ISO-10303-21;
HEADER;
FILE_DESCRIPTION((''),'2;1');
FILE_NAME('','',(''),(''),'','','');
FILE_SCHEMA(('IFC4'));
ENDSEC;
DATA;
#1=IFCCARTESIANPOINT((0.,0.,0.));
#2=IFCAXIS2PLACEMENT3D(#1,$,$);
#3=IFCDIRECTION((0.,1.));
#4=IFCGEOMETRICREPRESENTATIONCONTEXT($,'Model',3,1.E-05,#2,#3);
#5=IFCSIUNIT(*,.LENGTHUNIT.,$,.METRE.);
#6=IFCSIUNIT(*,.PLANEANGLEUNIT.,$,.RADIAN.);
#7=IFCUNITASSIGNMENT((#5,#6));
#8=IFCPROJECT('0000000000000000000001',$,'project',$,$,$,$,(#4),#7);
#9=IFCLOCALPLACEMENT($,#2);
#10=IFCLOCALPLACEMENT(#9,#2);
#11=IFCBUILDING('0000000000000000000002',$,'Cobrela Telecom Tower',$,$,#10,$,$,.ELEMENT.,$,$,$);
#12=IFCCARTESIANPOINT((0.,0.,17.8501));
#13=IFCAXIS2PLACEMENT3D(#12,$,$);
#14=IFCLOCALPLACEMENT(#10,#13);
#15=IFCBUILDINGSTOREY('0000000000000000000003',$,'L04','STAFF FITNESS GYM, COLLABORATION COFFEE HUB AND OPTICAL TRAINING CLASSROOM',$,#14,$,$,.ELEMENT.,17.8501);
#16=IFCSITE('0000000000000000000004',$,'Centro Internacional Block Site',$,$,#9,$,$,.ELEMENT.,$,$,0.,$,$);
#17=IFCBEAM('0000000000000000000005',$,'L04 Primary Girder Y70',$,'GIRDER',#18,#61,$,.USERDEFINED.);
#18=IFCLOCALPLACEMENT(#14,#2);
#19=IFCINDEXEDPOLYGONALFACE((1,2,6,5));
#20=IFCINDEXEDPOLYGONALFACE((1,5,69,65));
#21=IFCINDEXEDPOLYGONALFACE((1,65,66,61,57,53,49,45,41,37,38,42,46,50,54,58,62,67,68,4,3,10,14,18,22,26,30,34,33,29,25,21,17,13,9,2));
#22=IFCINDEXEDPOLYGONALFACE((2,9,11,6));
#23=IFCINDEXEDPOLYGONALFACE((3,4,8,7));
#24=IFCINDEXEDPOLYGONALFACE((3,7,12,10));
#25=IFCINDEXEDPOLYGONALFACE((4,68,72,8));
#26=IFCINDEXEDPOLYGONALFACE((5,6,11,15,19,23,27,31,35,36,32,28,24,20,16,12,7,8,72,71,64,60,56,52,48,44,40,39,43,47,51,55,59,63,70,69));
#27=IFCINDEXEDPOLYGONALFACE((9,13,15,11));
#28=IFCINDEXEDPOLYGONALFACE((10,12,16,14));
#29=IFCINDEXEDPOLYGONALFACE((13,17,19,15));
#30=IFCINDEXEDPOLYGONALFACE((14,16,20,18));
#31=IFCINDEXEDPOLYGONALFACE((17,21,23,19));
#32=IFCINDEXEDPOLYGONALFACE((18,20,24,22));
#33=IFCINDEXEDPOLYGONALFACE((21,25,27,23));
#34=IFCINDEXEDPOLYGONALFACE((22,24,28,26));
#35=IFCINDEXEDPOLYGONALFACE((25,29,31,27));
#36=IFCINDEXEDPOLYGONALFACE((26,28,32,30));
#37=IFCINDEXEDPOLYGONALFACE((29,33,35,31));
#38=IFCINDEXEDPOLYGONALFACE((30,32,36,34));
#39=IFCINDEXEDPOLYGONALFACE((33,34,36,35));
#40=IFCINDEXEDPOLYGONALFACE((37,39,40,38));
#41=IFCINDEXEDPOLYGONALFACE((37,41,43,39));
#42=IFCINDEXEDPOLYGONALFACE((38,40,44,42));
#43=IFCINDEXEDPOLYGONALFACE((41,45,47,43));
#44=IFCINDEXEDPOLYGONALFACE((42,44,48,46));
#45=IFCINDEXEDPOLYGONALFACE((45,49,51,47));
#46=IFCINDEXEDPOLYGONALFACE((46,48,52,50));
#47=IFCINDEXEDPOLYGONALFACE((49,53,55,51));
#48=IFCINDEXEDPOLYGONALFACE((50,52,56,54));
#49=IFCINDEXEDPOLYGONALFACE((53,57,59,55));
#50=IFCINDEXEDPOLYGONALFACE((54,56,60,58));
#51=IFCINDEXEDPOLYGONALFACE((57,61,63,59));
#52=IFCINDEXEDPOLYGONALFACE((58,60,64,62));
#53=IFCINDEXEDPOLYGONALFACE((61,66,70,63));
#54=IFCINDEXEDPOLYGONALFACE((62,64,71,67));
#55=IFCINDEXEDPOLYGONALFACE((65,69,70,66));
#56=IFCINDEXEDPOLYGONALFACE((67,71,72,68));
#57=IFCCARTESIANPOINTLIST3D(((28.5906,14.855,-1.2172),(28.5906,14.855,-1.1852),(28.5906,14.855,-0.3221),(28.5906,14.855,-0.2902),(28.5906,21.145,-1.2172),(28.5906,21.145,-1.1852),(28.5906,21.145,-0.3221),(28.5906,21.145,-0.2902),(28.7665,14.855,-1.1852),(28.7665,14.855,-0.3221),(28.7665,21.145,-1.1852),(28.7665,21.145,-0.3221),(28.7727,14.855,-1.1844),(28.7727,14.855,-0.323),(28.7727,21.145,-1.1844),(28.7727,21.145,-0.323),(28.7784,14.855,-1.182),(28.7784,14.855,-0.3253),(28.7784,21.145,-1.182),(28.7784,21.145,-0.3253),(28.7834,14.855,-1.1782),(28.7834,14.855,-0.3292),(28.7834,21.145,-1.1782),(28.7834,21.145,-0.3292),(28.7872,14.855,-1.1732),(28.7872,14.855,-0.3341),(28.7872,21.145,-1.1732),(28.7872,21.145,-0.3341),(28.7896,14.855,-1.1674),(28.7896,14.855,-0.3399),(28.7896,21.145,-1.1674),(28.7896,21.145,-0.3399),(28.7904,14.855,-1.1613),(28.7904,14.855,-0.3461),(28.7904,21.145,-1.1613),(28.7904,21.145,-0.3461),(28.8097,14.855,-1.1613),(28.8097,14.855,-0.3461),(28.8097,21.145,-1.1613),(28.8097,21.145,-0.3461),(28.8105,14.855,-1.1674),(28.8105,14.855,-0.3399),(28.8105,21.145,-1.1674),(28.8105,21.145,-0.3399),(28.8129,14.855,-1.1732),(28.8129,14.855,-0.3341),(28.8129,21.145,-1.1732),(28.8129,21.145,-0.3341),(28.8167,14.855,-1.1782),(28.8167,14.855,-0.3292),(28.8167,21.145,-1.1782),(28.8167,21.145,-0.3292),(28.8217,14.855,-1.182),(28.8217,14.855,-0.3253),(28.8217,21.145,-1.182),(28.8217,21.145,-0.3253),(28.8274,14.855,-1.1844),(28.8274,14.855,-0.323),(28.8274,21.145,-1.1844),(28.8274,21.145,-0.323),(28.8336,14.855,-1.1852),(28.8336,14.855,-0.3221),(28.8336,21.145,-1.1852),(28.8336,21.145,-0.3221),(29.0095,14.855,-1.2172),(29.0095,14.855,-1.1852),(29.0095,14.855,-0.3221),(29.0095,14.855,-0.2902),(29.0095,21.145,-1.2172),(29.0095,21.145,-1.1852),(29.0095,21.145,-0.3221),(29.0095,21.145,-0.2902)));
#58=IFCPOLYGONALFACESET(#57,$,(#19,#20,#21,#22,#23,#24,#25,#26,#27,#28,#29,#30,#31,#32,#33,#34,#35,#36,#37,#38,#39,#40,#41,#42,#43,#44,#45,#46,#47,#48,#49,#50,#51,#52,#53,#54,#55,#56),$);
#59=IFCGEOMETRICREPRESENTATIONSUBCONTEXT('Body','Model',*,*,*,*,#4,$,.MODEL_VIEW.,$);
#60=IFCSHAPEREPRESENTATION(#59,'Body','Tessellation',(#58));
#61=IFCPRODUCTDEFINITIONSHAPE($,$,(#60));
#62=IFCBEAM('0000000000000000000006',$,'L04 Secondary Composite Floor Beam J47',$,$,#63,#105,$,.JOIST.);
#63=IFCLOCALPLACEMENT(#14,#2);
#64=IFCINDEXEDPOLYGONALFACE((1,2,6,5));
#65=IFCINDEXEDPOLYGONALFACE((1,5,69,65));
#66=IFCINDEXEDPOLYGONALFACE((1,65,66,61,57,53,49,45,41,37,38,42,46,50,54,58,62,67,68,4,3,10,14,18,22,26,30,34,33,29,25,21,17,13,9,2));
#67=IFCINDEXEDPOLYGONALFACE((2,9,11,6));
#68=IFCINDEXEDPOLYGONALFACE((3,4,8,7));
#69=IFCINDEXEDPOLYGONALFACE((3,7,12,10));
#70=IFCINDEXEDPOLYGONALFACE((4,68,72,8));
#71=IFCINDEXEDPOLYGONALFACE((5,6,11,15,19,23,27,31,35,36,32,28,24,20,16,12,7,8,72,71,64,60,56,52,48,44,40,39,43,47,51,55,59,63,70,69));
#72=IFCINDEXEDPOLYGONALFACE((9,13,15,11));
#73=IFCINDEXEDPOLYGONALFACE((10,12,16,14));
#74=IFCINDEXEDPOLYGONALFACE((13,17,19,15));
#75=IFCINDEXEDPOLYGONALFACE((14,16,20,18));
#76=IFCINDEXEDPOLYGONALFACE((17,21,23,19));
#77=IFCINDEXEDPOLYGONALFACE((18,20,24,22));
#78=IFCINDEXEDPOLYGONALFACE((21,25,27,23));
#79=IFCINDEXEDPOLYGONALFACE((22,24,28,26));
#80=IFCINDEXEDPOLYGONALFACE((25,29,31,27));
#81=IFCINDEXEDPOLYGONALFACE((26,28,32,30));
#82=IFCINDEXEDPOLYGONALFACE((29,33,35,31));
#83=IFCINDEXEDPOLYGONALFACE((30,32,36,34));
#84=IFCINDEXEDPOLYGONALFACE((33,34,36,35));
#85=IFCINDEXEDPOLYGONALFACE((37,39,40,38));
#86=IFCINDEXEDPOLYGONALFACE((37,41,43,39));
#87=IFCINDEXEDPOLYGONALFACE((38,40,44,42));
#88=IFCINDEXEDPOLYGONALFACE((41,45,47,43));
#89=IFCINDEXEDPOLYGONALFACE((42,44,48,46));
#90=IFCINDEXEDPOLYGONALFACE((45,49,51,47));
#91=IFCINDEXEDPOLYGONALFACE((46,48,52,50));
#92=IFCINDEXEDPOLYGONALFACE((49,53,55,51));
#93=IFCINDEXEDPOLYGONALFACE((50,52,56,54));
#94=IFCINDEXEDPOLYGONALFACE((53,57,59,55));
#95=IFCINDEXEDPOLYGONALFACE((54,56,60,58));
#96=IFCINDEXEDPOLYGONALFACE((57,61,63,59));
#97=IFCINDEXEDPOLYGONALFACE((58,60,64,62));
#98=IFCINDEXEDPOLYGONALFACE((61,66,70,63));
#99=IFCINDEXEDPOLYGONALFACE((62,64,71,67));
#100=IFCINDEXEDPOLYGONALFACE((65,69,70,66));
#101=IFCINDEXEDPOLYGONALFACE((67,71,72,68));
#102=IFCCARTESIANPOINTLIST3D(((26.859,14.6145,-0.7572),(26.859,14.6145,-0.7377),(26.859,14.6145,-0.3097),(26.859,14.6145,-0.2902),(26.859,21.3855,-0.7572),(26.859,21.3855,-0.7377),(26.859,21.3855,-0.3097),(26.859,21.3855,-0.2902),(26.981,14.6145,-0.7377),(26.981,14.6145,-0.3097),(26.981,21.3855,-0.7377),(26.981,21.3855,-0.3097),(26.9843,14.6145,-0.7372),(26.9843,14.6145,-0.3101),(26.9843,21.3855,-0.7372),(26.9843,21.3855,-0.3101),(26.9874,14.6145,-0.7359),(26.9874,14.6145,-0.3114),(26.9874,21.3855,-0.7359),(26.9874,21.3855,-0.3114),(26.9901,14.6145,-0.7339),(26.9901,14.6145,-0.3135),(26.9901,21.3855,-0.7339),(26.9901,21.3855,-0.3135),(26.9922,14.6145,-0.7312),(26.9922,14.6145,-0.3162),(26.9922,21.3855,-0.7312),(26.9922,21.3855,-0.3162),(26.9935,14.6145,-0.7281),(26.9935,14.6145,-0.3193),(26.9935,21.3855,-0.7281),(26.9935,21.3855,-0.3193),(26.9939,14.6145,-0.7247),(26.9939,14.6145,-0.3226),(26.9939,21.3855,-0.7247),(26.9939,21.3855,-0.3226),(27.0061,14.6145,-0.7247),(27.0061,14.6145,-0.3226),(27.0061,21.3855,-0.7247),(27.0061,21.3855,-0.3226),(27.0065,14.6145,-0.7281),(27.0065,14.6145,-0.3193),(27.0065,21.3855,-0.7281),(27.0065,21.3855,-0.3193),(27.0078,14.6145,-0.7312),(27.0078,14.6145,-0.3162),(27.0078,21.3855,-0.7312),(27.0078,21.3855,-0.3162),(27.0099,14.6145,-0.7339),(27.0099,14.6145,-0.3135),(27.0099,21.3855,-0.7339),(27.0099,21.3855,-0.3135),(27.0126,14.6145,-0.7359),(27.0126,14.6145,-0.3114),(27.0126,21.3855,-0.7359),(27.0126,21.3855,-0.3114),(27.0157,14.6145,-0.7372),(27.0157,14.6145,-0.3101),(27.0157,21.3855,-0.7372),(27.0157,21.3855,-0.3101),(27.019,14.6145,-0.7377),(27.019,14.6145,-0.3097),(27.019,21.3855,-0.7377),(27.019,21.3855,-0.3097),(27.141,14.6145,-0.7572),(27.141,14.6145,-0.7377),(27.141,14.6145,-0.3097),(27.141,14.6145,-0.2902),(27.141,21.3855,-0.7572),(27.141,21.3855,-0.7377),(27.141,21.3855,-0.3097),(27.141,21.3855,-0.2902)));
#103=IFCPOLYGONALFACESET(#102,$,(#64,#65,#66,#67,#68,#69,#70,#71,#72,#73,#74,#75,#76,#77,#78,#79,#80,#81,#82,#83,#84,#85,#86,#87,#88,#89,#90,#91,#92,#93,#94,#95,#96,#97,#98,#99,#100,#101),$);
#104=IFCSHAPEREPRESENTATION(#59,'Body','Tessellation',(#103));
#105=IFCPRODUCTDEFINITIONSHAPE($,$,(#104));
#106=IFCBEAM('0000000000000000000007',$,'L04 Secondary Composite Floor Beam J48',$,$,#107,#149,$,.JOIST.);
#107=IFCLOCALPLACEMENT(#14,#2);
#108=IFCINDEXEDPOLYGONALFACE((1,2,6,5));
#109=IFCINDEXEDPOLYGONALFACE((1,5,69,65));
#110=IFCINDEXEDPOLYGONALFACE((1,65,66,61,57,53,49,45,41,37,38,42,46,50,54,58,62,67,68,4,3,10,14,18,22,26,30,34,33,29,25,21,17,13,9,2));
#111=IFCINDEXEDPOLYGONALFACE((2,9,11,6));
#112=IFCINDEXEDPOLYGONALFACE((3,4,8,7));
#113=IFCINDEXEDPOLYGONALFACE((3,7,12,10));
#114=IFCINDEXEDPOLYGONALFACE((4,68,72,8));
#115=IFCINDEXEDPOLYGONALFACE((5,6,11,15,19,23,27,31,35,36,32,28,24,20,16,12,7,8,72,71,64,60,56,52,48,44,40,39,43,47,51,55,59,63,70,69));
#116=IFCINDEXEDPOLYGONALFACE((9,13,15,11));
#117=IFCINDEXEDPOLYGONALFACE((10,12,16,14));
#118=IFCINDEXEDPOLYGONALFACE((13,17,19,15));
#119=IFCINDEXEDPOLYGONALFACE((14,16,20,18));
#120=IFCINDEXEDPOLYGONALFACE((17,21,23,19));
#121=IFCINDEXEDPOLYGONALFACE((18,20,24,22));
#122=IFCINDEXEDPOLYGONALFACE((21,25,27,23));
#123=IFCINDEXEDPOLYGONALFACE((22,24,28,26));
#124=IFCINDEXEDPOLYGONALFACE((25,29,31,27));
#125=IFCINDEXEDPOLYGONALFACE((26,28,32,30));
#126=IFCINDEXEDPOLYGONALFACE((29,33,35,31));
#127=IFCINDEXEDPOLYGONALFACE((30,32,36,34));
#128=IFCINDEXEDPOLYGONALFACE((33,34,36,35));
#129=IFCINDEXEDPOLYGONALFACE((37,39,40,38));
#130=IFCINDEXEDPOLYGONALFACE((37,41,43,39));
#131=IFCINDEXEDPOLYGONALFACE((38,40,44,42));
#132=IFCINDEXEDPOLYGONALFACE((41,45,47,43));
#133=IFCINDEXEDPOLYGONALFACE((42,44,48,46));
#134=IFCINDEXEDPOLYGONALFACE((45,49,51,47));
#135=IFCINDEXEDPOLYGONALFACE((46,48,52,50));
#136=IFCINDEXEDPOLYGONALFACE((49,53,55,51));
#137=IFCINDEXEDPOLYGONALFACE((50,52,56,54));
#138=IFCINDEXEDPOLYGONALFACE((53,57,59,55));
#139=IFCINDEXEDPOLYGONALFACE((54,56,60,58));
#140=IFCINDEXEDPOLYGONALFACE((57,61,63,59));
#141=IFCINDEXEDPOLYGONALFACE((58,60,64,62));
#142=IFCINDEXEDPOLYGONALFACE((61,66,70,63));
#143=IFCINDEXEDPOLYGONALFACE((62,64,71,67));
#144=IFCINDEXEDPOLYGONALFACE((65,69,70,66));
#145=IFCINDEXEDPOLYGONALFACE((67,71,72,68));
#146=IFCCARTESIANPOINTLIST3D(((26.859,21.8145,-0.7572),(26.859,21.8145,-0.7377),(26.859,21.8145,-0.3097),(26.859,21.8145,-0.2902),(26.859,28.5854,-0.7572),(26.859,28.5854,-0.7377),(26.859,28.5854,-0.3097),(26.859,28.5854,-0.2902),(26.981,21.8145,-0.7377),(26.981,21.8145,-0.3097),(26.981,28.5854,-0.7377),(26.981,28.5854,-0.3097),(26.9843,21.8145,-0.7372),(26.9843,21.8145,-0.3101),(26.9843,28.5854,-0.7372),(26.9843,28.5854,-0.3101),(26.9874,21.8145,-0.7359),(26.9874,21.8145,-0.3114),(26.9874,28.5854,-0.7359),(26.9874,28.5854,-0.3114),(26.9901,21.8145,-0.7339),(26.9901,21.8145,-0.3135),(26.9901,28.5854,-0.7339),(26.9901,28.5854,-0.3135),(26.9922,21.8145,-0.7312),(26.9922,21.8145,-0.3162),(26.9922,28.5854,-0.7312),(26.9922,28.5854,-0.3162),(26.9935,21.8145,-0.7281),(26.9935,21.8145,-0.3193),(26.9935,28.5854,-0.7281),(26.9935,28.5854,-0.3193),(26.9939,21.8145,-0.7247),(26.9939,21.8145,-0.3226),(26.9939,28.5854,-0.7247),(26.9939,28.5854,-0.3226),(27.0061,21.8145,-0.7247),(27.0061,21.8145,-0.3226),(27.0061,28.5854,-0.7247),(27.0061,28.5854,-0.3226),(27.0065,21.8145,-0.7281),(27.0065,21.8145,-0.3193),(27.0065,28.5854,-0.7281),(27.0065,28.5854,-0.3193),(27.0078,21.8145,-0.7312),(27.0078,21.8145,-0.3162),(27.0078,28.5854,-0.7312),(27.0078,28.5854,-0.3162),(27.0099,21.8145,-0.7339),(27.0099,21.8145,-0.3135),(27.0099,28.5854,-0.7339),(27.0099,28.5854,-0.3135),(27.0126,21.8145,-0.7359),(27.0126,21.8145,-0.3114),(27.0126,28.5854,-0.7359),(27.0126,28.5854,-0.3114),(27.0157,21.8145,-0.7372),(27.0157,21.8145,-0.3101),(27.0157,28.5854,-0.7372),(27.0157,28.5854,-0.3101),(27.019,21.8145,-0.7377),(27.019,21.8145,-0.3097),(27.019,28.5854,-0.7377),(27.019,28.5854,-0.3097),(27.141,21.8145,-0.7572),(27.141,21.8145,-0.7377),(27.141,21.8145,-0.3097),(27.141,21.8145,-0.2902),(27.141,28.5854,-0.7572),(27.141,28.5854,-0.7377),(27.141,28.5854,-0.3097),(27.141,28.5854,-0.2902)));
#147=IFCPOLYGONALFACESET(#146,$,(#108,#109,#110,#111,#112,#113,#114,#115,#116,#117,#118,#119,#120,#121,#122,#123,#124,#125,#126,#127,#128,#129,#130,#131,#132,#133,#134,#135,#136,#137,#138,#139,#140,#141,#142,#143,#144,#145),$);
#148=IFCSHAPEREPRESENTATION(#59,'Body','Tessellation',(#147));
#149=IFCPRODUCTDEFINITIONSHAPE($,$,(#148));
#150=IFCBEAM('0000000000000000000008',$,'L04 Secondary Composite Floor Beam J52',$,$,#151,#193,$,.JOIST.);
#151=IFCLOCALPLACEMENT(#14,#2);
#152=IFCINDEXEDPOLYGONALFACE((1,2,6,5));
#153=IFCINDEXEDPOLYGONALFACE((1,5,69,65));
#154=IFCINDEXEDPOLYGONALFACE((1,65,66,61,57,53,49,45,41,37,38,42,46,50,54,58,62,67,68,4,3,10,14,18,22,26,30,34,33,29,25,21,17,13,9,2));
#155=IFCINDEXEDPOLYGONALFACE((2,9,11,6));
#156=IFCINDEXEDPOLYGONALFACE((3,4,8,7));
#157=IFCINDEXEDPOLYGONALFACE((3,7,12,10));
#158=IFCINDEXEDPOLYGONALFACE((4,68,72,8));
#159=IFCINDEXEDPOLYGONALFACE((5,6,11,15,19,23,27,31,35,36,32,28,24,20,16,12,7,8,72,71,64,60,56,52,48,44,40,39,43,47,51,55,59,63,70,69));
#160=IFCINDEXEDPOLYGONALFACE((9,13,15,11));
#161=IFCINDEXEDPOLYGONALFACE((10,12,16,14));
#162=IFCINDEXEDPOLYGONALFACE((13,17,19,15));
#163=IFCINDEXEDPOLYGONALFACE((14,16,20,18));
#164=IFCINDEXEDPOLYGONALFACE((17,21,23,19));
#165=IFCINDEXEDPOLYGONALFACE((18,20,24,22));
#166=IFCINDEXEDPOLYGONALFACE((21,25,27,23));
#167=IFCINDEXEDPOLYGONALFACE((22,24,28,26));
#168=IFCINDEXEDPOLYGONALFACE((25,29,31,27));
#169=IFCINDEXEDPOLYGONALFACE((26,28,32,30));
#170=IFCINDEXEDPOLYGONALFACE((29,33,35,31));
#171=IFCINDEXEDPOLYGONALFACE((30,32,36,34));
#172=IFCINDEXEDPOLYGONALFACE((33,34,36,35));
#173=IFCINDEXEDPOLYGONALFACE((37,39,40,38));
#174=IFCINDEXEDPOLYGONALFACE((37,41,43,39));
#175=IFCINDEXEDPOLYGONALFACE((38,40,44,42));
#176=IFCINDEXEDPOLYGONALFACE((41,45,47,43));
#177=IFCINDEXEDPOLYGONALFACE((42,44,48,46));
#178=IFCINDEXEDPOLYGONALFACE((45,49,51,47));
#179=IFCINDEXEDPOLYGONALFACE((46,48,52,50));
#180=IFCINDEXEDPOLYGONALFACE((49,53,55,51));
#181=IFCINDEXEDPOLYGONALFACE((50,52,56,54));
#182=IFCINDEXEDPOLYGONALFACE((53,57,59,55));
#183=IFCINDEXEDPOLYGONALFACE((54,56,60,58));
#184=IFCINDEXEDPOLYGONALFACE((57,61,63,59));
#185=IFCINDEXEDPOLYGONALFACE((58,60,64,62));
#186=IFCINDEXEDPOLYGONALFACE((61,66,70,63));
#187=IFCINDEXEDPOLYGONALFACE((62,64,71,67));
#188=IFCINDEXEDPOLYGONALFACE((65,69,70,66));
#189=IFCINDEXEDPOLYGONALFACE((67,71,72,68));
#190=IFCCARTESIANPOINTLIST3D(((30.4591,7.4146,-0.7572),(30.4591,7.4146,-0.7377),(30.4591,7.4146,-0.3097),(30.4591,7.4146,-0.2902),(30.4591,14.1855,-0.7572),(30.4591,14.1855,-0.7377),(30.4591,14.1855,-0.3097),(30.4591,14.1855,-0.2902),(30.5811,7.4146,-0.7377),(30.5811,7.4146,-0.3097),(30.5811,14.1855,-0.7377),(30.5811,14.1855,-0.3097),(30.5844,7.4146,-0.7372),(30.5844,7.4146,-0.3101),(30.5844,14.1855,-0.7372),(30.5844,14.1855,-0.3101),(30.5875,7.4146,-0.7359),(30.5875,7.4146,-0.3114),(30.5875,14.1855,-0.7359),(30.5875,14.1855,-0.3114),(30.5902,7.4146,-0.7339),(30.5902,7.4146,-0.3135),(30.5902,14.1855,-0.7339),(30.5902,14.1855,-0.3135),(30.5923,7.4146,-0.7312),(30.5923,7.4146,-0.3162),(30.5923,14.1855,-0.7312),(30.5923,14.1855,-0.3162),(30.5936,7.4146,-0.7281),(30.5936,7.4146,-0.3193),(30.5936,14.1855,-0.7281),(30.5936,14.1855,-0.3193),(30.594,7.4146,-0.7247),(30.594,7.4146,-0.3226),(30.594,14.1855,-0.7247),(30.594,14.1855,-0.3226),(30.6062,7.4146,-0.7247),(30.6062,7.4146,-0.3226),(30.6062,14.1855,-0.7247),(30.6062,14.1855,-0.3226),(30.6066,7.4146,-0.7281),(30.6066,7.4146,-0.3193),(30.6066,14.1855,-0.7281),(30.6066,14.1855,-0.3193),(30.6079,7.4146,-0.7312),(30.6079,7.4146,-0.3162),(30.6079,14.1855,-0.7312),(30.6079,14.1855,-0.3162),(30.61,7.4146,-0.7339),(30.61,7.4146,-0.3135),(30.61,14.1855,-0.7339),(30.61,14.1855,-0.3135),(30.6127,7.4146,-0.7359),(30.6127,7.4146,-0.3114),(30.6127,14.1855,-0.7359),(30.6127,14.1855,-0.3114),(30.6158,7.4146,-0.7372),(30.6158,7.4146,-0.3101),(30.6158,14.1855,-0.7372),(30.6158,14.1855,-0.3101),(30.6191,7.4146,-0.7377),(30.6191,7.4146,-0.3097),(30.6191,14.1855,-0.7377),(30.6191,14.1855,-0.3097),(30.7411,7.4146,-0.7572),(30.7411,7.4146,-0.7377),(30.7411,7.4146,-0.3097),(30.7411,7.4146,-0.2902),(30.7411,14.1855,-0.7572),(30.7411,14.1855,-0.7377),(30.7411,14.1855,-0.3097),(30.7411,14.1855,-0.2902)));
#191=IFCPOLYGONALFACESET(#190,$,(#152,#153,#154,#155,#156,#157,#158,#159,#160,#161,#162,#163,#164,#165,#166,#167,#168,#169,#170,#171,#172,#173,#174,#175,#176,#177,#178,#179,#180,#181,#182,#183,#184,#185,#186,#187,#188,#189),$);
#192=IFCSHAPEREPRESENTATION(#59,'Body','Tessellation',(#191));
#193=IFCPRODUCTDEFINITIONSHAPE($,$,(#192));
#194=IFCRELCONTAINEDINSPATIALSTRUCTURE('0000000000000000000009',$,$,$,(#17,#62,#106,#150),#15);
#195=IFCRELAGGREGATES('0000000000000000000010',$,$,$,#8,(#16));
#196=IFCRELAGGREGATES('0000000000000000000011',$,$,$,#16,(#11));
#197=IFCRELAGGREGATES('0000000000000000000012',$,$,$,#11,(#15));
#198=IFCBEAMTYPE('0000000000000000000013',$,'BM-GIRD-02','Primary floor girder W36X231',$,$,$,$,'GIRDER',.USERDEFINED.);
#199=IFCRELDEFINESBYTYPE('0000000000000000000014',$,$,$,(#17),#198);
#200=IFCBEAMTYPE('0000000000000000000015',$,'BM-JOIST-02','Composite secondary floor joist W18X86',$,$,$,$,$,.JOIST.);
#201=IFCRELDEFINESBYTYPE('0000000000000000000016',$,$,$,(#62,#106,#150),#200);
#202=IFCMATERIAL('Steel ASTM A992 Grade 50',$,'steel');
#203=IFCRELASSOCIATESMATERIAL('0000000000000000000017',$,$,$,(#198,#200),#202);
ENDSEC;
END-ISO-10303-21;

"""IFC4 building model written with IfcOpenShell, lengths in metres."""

from ifc_helpers import new_model, si_unit, direction, frame, origin, origin_2d, place, context, subcontext, project, spatial, i_section, extrude, material, material_profile, profile_set, type_object, element, save


model = new_model("IFC4")

# Units and contexts
model_context = context("Model", 3, precision=1e-05, world=origin(), true_north=direction((0.0, 1.0)))
body_context = subcontext(model_context, "Body", "Model", "MODEL_VIEW")
ifc_project = project(units=[si_unit("LENGTHUNIT", "METRE"), si_unit("PLANEANGLEUNIT", "RADIAN")], contexts=[model_context])

# Site, building, storey
site_placement = place(None, origin())
site = spatial("IfcSite", under=ifc_project, at=site_placement, Name="Centro Internacional Block Site", CompositionType="ELEMENT", RefElevation=0.0)
building_placement = place(site_placement, origin())
building = spatial("IfcBuilding", under=site, at=building_placement, Name="Cobrela Telecom Tower", CompositionType="ELEMENT")
storey_placement = place(building_placement, frame((0.0, 0.0, 17.8501)))
storey = spatial("IfcBuildingStorey", under=building, at=storey_placement, Name="L04", Description="STAFF FITNESS GYM, COLLABORATION COFFEE HUB AND OPTICAL TRAINING CLASSROOM", CompositionType="ELEMENT", Elevation=17.8501)

# Beams
ifc_material_1 = material(Name="Steel ASTM A992 Grade 50", Category="steel")
ifc_material_profile_1 = material_profile(ifc_material_1, i_section(OverallWidth=0.4189, OverallDepth=0.927, WebThickness=0.0193, FlangeThickness=0.032, FilletRadius=0.0239, at=origin_2d()), Name="W36X231")
ifc_profile_set_1 = profile_set([ifc_material_profile_1], Name="Steel ASTM A992 Grade 50")
beam_type_1 = type_object("IfcBeamType", Name="BM-GIRD-02", Description="Primary floor girder W36X231", ElementType="GIRDER", PredefinedType="USERDEFINED", material=ifc_profile_set_1)
for number, where, z_axis, x_axis, name in (
    (1, (28.8, 14.855, -0.7537), (0.0, 1.0, 0.0), (-1.0, 0.0, 0.0), "L04 Primary Girder Y70"),
):
    element("IfcBeam", number, at=place(storey_placement, frame(where, z_axis=z_axis, x_axis=x_axis)), inside=storey, type_object=beam_type_1, Name=name, ObjectType="GIRDER", PredefinedType="USERDEFINED", context=body_context, shape_type="SweptSolid", body=[
        extrude(i_section(OverallWidth=0.4189, OverallDepth=0.927, WebThickness=0.0193, FlangeThickness=0.032, FilletRadius=0.0239, at=origin_2d()), origin(), (0.0, 0.0, 1.0), 6.29),
    ])
ifc_material_profile_2 = material_profile(ifc_material_1, i_section(OverallWidth=0.282, OverallDepth=0.467, WebThickness=0.0122, FlangeThickness=0.0195, FilletRadius=0.0129, at=origin_2d()), Name="W18X86")
ifc_profile_set_2 = profile_set([ifc_material_profile_2], Name="Steel ASTM A992 Grade 50")
beam_type_2 = type_object("IfcBeamType", Name="BM-JOIST-02", Description="Composite secondary floor joist W18X86", PredefinedType="JOIST", material=ifc_profile_set_2)
for number, where, z_axis, x_axis, name in (
    (2, (27.0, 14.6145, -0.5237), (0.0, 1.0, 0.0), (-1.0, 0.0, 0.0), "L04 Secondary Composite Floor Beam J47"),
    (3, (27.0, 21.8145, -0.5237), (0.0, 1.0, 0.0), (-1.0, 0.0, 0.0), "L04 Secondary Composite Floor Beam J48"),
    (4, (30.6001, 7.4146, -0.5237), (0.0, 1.0, 0.0), (-1.0, 0.0, 0.0), "L04 Secondary Composite Floor Beam J52"),
):
    element("IfcBeam", number, at=place(storey_placement, frame(where, z_axis=z_axis, x_axis=x_axis)), inside=storey, type_object=beam_type_2, Name=name, PredefinedType="JOIST", context=body_context, shape_type="SweptSolid", body=[
        extrude(i_section(OverallWidth=0.282, OverallDepth=0.467, WebThickness=0.0122, FlangeThickness=0.0195, FilletRadius=0.0129, at=origin_2d()), origin(), (0.0, 0.0, 1.0), 6.771),
    ])

save(model, "model.ifc")
